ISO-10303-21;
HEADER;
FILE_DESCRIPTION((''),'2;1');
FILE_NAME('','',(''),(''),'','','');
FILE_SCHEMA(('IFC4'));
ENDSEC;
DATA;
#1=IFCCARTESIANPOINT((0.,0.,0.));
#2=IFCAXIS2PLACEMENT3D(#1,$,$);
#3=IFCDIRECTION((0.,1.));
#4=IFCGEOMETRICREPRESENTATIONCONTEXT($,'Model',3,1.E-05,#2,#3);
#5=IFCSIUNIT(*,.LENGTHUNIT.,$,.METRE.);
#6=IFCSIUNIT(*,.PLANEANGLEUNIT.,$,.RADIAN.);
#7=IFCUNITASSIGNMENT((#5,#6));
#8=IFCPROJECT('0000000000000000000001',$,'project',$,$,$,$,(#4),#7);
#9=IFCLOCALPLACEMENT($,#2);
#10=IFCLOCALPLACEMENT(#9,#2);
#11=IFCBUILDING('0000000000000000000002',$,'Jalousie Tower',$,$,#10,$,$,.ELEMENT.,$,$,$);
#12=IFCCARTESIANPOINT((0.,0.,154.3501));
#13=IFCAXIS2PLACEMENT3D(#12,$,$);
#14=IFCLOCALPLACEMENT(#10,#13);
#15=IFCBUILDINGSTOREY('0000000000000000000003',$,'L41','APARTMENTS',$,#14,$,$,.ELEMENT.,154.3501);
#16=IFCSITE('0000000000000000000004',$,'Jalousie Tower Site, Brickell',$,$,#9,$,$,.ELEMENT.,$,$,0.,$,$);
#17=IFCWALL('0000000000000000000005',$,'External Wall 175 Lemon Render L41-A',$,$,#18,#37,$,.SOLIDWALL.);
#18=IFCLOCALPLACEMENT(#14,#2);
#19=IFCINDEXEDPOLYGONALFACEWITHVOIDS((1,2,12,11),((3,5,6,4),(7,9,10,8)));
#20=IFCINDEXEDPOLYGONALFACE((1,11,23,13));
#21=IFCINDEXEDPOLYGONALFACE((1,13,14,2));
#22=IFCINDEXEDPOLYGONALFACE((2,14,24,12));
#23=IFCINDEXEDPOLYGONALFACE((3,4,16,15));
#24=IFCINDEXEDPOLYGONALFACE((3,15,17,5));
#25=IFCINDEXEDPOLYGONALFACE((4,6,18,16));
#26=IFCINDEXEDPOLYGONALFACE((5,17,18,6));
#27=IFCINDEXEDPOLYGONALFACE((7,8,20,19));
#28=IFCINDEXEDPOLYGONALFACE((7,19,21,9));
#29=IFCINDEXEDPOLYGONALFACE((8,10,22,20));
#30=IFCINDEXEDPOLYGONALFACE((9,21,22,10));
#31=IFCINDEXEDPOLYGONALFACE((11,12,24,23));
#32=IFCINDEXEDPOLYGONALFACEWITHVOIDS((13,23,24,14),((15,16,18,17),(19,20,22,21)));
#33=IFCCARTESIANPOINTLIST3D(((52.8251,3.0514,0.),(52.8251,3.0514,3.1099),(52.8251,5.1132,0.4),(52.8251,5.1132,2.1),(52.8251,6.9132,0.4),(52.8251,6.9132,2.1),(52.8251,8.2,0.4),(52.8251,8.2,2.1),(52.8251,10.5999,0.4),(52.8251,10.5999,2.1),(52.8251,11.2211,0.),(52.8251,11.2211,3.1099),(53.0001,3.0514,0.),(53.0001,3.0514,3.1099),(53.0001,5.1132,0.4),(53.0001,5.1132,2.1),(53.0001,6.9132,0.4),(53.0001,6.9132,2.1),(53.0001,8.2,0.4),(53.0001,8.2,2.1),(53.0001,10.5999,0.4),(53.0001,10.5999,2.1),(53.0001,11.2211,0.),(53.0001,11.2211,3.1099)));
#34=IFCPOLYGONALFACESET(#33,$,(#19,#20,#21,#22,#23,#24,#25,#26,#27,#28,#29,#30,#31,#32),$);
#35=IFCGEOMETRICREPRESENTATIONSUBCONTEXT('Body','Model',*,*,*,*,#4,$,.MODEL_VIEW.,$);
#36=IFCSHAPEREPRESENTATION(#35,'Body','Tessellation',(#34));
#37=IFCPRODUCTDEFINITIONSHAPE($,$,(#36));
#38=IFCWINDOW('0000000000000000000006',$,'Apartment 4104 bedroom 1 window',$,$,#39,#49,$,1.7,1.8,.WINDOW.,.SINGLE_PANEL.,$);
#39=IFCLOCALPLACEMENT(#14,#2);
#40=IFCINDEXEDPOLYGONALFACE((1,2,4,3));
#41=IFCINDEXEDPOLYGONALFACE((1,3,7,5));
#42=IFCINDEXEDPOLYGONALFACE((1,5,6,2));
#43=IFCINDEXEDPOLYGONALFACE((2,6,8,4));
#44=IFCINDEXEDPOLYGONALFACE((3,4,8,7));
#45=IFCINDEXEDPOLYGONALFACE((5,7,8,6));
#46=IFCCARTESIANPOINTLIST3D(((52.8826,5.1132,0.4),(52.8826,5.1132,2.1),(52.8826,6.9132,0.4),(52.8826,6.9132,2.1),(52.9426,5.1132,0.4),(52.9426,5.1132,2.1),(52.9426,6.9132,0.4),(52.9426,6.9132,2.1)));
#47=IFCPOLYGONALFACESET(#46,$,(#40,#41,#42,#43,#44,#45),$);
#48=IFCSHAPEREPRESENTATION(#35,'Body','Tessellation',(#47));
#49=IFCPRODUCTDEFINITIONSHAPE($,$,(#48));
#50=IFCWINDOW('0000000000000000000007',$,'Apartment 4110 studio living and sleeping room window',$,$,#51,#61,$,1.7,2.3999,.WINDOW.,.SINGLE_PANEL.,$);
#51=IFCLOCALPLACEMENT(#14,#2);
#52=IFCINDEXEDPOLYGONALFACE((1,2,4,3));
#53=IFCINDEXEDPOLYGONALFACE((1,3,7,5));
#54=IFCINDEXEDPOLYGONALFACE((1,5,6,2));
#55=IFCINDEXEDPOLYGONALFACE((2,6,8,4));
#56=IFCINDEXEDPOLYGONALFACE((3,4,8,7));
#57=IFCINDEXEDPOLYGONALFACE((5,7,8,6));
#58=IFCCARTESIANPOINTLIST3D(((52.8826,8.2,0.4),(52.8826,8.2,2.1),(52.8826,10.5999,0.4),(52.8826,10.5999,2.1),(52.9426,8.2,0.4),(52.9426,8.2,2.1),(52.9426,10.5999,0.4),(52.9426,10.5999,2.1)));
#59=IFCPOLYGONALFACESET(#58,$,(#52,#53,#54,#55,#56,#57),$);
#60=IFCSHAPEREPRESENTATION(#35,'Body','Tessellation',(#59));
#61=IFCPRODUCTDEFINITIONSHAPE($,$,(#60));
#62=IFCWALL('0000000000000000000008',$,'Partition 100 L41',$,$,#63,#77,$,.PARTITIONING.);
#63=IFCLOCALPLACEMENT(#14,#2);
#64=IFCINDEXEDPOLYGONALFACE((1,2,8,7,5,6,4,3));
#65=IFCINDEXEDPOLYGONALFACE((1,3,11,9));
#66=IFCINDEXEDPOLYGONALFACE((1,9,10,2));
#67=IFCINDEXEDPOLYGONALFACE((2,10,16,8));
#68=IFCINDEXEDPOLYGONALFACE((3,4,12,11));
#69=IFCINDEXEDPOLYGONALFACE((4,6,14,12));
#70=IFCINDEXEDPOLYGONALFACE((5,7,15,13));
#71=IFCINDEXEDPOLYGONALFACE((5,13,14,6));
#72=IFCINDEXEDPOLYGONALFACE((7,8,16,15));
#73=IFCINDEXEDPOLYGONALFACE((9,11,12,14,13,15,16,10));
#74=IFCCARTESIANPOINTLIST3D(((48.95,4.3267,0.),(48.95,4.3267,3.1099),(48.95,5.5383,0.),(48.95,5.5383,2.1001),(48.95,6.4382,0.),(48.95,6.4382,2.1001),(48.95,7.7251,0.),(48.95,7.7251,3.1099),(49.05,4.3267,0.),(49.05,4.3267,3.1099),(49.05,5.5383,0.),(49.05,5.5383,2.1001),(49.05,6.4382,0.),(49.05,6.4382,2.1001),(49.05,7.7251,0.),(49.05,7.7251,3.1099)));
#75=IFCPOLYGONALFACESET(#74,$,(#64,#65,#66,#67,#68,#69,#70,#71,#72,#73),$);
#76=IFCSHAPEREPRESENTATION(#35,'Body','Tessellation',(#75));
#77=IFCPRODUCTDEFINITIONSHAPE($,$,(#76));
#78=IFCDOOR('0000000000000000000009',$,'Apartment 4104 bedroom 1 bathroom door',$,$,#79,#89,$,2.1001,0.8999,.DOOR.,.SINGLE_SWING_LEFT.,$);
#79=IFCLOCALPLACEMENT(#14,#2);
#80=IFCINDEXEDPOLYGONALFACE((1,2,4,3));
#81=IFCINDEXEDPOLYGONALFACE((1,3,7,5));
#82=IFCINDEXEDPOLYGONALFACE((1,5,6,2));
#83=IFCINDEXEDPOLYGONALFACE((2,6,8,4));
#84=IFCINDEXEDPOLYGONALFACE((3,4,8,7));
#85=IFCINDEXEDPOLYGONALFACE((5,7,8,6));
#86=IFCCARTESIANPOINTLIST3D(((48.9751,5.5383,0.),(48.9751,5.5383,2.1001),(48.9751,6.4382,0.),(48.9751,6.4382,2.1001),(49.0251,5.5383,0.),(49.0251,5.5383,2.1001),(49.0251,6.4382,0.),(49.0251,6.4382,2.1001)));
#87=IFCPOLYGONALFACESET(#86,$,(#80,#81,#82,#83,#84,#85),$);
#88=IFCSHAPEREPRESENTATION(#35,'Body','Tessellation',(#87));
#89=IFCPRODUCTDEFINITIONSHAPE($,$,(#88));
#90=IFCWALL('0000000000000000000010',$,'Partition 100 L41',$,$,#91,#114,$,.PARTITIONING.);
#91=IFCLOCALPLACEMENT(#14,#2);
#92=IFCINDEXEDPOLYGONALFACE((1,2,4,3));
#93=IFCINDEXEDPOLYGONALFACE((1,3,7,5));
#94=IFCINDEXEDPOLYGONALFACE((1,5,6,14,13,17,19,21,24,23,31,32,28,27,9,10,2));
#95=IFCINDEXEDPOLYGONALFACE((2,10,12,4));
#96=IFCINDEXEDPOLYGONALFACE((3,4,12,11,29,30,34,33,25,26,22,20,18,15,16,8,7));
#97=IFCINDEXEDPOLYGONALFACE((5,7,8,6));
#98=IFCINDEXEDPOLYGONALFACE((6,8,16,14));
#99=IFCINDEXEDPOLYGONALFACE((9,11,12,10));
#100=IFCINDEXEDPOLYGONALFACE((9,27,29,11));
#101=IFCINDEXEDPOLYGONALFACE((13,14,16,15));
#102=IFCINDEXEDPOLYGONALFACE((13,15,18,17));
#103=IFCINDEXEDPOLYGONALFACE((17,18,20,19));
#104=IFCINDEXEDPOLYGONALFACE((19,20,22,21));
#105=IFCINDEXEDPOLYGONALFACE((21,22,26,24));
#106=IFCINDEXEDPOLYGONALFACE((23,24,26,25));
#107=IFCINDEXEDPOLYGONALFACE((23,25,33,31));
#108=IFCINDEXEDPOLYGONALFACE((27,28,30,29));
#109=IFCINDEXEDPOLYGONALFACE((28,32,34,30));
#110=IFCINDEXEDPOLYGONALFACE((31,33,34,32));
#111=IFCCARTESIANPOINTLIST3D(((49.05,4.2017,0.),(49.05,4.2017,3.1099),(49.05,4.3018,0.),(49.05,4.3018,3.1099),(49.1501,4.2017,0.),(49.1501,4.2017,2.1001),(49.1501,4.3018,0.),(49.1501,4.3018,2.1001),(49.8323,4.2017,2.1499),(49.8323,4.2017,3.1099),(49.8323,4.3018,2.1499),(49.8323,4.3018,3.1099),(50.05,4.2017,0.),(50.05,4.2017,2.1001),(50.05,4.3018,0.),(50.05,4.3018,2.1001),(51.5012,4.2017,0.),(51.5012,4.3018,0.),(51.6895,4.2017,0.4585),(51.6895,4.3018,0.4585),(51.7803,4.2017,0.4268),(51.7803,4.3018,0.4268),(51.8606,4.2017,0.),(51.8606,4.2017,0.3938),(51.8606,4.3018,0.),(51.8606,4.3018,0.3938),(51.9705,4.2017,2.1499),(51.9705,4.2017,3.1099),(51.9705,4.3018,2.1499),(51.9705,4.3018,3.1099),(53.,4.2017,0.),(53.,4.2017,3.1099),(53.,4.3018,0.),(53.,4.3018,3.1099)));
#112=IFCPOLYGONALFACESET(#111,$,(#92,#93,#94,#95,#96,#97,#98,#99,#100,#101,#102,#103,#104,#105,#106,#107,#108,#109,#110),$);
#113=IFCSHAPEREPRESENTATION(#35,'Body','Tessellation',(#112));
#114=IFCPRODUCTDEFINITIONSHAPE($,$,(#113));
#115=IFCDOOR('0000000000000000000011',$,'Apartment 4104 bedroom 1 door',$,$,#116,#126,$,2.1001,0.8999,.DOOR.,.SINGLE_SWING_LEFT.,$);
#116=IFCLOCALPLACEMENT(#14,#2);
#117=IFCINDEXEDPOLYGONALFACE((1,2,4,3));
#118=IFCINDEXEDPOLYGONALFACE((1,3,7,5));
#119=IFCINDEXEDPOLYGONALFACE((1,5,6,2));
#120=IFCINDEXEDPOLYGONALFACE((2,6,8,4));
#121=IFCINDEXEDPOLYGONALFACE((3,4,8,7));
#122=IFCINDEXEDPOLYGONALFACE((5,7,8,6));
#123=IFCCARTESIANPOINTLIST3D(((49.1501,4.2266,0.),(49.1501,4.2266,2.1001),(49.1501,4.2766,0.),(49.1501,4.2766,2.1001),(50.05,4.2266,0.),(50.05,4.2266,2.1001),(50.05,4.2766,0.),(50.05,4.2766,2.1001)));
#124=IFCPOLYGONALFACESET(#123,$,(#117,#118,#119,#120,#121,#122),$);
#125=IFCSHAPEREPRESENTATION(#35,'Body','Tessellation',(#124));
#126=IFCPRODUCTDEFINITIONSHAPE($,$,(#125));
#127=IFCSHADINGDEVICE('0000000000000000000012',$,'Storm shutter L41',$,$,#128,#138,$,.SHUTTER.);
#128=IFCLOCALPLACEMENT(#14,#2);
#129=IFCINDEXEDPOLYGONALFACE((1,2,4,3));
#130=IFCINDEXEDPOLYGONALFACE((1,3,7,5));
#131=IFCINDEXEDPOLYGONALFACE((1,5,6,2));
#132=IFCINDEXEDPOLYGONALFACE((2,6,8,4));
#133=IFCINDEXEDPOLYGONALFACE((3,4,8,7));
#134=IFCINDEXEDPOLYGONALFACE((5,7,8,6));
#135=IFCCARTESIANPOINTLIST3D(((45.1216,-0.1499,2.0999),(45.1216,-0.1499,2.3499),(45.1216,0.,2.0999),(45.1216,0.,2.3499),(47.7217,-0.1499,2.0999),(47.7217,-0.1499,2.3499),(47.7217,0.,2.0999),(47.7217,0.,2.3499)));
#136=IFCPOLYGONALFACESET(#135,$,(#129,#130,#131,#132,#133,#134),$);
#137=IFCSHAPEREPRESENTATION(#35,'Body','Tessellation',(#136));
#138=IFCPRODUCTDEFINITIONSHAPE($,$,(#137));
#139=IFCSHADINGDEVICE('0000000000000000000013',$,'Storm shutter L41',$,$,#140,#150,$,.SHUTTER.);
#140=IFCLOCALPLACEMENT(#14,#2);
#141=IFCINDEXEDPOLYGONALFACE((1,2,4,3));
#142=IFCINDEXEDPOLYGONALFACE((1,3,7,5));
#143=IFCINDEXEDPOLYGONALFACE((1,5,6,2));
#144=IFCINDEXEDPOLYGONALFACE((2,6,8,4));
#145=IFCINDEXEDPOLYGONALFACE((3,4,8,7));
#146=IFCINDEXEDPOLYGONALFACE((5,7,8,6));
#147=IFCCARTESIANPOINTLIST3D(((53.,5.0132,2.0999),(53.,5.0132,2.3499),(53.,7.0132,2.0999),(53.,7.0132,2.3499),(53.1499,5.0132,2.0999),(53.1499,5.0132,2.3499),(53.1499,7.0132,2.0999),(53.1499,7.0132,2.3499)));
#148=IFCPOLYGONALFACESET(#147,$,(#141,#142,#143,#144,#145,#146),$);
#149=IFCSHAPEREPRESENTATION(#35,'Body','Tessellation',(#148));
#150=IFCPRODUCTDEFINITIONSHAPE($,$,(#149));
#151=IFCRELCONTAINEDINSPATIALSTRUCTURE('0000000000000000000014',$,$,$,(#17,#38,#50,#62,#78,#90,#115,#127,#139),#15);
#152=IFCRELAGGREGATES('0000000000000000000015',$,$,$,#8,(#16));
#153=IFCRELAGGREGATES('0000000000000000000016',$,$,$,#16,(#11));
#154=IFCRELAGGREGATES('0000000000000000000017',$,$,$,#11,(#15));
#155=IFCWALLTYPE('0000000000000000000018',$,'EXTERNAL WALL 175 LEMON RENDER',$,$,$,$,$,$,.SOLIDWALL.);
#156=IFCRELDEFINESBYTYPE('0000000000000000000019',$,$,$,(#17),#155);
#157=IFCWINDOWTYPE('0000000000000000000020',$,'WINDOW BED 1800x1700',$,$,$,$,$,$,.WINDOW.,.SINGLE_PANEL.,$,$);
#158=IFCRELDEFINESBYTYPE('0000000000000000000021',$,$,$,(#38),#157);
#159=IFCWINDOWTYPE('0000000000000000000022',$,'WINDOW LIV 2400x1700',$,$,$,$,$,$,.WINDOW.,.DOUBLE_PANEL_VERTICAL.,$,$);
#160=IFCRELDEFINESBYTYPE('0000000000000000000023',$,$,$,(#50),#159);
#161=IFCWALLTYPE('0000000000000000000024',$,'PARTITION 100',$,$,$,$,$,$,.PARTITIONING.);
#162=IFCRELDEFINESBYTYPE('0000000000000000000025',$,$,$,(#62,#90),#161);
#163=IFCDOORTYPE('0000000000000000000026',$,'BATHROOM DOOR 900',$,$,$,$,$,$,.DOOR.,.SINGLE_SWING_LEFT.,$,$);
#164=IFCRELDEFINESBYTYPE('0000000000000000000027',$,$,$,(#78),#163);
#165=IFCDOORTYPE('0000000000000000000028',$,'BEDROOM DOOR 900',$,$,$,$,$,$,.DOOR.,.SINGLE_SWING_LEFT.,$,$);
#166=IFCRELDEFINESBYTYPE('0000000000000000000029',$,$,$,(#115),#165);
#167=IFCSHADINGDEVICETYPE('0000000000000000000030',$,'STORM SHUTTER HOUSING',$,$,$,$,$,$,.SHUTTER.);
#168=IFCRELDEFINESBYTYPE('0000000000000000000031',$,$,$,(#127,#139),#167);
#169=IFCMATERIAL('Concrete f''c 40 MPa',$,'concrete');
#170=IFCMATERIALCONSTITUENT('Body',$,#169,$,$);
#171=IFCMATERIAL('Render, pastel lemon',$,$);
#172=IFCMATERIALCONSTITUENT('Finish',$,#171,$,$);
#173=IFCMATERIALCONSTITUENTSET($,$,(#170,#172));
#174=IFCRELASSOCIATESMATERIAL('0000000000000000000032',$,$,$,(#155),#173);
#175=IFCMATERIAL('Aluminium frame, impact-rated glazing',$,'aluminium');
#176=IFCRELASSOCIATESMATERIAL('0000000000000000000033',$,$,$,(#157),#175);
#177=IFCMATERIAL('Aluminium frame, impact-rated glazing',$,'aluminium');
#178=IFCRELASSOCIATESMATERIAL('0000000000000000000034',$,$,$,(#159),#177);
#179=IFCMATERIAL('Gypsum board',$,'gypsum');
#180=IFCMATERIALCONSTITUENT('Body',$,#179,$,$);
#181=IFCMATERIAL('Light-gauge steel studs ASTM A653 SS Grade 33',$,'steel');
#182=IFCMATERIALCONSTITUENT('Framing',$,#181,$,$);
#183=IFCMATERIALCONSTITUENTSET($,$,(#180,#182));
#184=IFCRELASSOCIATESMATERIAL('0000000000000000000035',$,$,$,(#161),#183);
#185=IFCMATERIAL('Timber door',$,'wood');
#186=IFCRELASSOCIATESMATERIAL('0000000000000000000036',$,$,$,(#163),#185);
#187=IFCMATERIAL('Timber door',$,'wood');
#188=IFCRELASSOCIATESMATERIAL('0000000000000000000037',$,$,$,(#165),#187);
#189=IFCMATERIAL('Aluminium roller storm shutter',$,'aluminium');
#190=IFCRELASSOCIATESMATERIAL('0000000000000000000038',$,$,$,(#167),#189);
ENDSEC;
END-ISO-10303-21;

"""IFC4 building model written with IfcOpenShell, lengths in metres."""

from ifc_helpers import new_model, si_unit, direction, frame, frame_2d, origin, origin_2d, place, context, subcontext, project, spatial, polyline, rectangle, outline, extrude, material, constituent, constituent_set, type_object, element, fill, save


model = new_model("IFC4")

# Units and contexts
model_context = context("Model", 3, precision=1e-05, world=origin(), true_north=direction((0.0, 1.0)))
body_context = subcontext(model_context, "Body", "Model", "MODEL_VIEW")
ifc_project = project(units=[si_unit("LENGTHUNIT", "METRE"), si_unit("PLANEANGLEUNIT", "RADIAN")], contexts=[model_context])

# Site, building, storey
site_placement = place(None, origin())
site = spatial("IfcSite", under=ifc_project, at=site_placement, Name="Jalousie Tower Site, Brickell", CompositionType="ELEMENT", RefElevation=0.0)
building_placement = place(site_placement, origin())
building = spatial("IfcBuilding", under=site, at=building_placement, Name="Jalousie Tower", CompositionType="ELEMENT")
storey_placement = place(building_placement, frame((0.0, 0.0, 154.3501)))
storey = spatial("IfcBuildingStorey", under=building, at=storey_placement, Name="L41", Description="APARTMENTS", CompositionType="ELEMENT", Elevation=154.3501)

# Wall, openings, windows
ifc_material_1 = material(Name="Concrete f'c 40 MPa", Category="concrete")
ifc_constituent_1 = constituent(ifc_material_1, Name="Body")
ifc_material_2 = material(Name="Render, pastel lemon")
ifc_constituent_2 = constituent(ifc_material_2, Name="Finish")
ifc_constituent_set_1 = constituent_set(constituents=[ifc_constituent_1, ifc_constituent_2])
wall_type_1 = type_object("IfcWallType", Name="EXTERNAL WALL 175 LEMON RENDER", PredefinedType="SOLIDWALL", material=ifc_constituent_set_1)
wall_1_placement = place(storey_placement, frame((52.9126, 3.0513, 0.0), z_axis=(0.0, 0.0, 1.0), x_axis=(0.0, 1.0, 0.0)))
wall_1 = element("IfcWall", 1, at=wall_1_placement, inside=storey, type_object=wall_type_1, Name="External Wall 175 Lemon Render L41-A", PredefinedType="SOLIDWALL", context=body_context, shape_type="SweptSolid", body=[
    extrude(rectangle(XDim=8.1697, YDim=0.175, at=frame_2d((4.085, 0.0))), origin(), (0.0, 0.0, 1.0), 3.1099),
])
opening_1_placement = place(wall_1_placement, frame((2.062, 0.0, 0.3999)))
opening_1 = element("IfcOpeningElement", 2, at=opening_1_placement, cuts=wall_1, PredefinedType="OPENING", context=body_context, shape_type="SweptSolid", body=[
    extrude(rectangle(XDim=1.8, YDim=1.7, at=frame_2d((0.8999, 0.8501))), frame((0.0, 0.0974, 0.0), z_axis=(0.0, -1.0, 0.0), x_axis=(1.0, 0.0, 0.0)), (0.0, 0.0, 1.0), 0.1951),
])
opening_2_placement = place(wall_1_placement, frame((5.1487, 0.0, 0.3999)))
opening_2 = element("IfcOpeningElement", 3, at=opening_2_placement, cuts=wall_1, PredefinedType="OPENING", context=body_context, shape_type="SweptSolid", body=[
    extrude(rectangle(XDim=2.3999, YDim=1.7, at=frame_2d((1.2, 0.8501))), frame((0.0, 0.0974, 0.0), z_axis=(0.0, -1.0, 0.0), x_axis=(1.0, 0.0, 0.0)), (0.0, 0.0, 1.0), 0.1951),
])
ifc_material_3 = material(Name="Aluminium frame, impact-rated glazing", Category="aluminium")
window_type_1 = type_object("IfcWindowType", Name="WINDOW BED 1800x1700", PartitioningType="SINGLE_PANEL", PredefinedType="WINDOW", material=ifc_material_3)
window_1_placement = place(opening_1_placement, origin())
window_1 = element("IfcWindow", 4, at=window_1_placement, inside=storey, type_object=window_type_1, Name="Apartment 4104 bedroom 1 window", OverallHeight=1.7, OverallWidth=1.8, PartitioningType="SINGLE_PANEL", PredefinedType="WINDOW", context=body_context, shape_type="SweptSolid", body=[
    extrude(rectangle(XDim=1.8, YDim=1.7, at=frame_2d((0.8999, 0.8501))), frame((0.0, 0.03, 0.0), z_axis=(0.0, -1.0, 0.0), x_axis=(1.0, 0.0, 0.0)), (0.0, 0.0, 1.0), 0.0601),
])
fill(opening_1, window_1)
ifc_material_4 = material(Name="Aluminium frame, impact-rated glazing", Category="aluminium")
window_type_2 = type_object("IfcWindowType", Name="WINDOW LIV 2400x1700", PartitioningType="DOUBLE_PANEL_VERTICAL", PredefinedType="WINDOW", material=ifc_material_4)
window_2_placement = place(opening_2_placement, origin())
window_2 = element("IfcWindow", 5, at=window_2_placement, inside=storey, type_object=window_type_2, Name="Apartment 4110 studio living and sleeping room window", OverallHeight=1.7, OverallWidth=2.3999, PartitioningType="SINGLE_PANEL", PredefinedType="WINDOW", context=body_context, shape_type="SweptSolid", body=[
    extrude(rectangle(XDim=2.3999, YDim=1.7, at=frame_2d((1.2, 0.8501))), frame((0.0, 0.03, 0.0), z_axis=(0.0, -1.0, 0.0), x_axis=(1.0, 0.0, 0.0)), (0.0, 0.0, 1.0), 0.0601),
])
fill(opening_2, window_2)

# Walls, openings, doors
ifc_material_5 = material(Name="Gypsum board", Category="gypsum")
ifc_constituent_3 = constituent(ifc_material_5, Name="Body")
ifc_material_6 = material(Name="Light-gauge steel studs ASTM A653 SS Grade 33", Category="steel")
ifc_constituent_4 = constituent(ifc_material_6, Name="Framing")
ifc_constituent_set_2 = constituent_set(constituents=[ifc_constituent_3, ifc_constituent_4])
wall_type_2 = type_object("IfcWallType", Name="PARTITION 100", PredefinedType="PARTITIONING", material=ifc_constituent_set_2)
wall_2_placement = place(storey_placement, frame((49.0, 4.3267, 0.0), z_axis=(0.0, 0.0, 1.0), x_axis=(0.0, 1.0, 0.0)))
wall_2 = element("IfcWall", 6, at=wall_2_placement, inside=storey, type_object=wall_type_2, Name="Partition 100 L41", PredefinedType="PARTITIONING", context=body_context, shape_type="SweptSolid", body=[
    extrude(rectangle(XDim=3.3984, YDim=0.1001, at=frame_2d((1.6992, 0.0))), origin(), (0.0, 0.0, 1.0), 3.1099),
])
opening_3_placement = place(wall_2_placement, frame((1.2117, 0.0, 0.0)))
opening_3 = element("IfcOpeningElement", 7, at=opening_3_placement, cuts=wall_2, PredefinedType="OPENING", context=body_context, shape_type="SweptSolid", body=[
    extrude(rectangle(XDim=0.8999, YDim=2.1001, at=frame_2d((0.45, 1.05))), frame((0.0, 0.0601, 0.0), z_axis=(0.0, -1.0, 0.0), x_axis=(1.0, 0.0, 0.0)), (0.0, 0.0, 1.0), 0.1201),
])
ifc_material_7 = material(Name="Timber door", Category="wood")
door_type_1 = type_object("IfcDoorType", Name="BATHROOM DOOR 900", OperationType="SINGLE_SWING_LEFT", PredefinedType="DOOR", material=ifc_material_7)
door_1_placement = place(opening_3_placement, origin())
door_1 = element("IfcDoor", 8, at=door_1_placement, inside=storey, type_object=door_type_1, Name="Apartment 4104 bedroom 1 bathroom door", OperationType="SINGLE_SWING_LEFT", OverallHeight=2.1001, OverallWidth=0.8999, PredefinedType="DOOR", context=body_context, shape_type="SweptSolid", body=[
    extrude(rectangle(XDim=0.8999, YDim=2.1001, at=frame_2d((0.45, 1.05))), frame((0.0, 0.0249, 0.0), z_axis=(0.0, -1.0, 0.0), x_axis=(1.0, 0.0, 0.0)), (0.0, 0.0, 1.0), 0.05),
])
fill(opening_3, door_1)
wall_3_placement = place(storey_placement, frame((49.05, 4.2517, 0.0), z_axis=(0.0, 0.0, 1.0), x_axis=(1.0, 0.0, 0.0)))
wall_3 = element("IfcWall", 9, at=wall_3_placement, inside=storey, type_object=wall_type_2, Name="Partition 100 L41", PredefinedType="PARTITIONING", context=body_context, shape_type="SweptSolid", body=[
    extrude(outline(polyline([(0.7822, 3.1099), (0.0, 3.1099), (0.0, 0.0), (2.4512, 0.0), (2.6394, 0.4585), (2.7302, 0.4268), (2.8105, 0.3938), (2.8105, 0.0), (3.95, 0.0), (3.95, 3.1099), (2.9204, 3.1099), (2.9204, 2.1499), (0.7822, 2.1499), (0.7822, 3.1099)])), frame((0.0, 0.05, 0.0), z_axis=(0.0, -1.0, 0.0), x_axis=(1.0, 0.0, 0.0)), (0.0, 0.0, 1.0), 0.1001),
])
opening_4_placement = place(wall_3_placement, frame((0.1001, 0.0, 0.0)))
opening_4 = element("IfcOpeningElement", 10, at=opening_4_placement, cuts=wall_3, PredefinedType="OPENING", context=body_context, shape_type="SweptSolid", body=[
    extrude(rectangle(XDim=0.8999, YDim=2.1001, at=frame_2d((0.45, 1.05))), frame((0.0, 0.0601, 0.0), z_axis=(0.0, -1.0, 0.0), x_axis=(1.0, 0.0, 0.0)), (0.0, 0.0, 1.0), 0.1201),
])
ifc_material_8 = material(Name="Timber door", Category="wood")
door_type_2 = type_object("IfcDoorType", Name="BEDROOM DOOR 900", OperationType="SINGLE_SWING_LEFT", PredefinedType="DOOR", material=ifc_material_8)
door_2_placement = place(opening_4_placement, origin())
door_2 = element("IfcDoor", 11, at=door_2_placement, inside=storey, type_object=door_type_2, Name="Apartment 4104 bedroom 1 door", OperationType="SINGLE_SWING_LEFT", OverallHeight=2.1001, OverallWidth=0.8999, PredefinedType="DOOR", context=body_context, shape_type="SweptSolid", body=[
    extrude(rectangle(XDim=0.8999, YDim=2.1001, at=frame_2d((0.45, 1.05))), frame((0.0, 0.0249, 0.0), z_axis=(0.0, -1.0, 0.0), x_axis=(1.0, 0.0, 0.0)), (0.0, 0.0, 1.0), 0.05),
])
fill(opening_4, door_2)

# Shading devices
ifc_material_9 = material(Name="Aluminium roller storm shutter", Category="aluminium")
shading_device_type = type_object("IfcShadingDeviceType", Name="STORM SHUTTER HOUSING", PredefinedType="SHUTTER", material=ifc_material_9)
shading_device_1_placement = place(storey_placement, frame((46.4216, -0.075, 2.0999), z_axis=(0.0, 0.0, 1.0), x_axis=(1.0, 0.0, 0.0)))
element("IfcShadingDevice", 12, at=shading_device_1_placement, inside=storey, type_object=shading_device_type, Name="Storm shutter L41", PredefinedType="SHUTTER", context=body_context, shape_type="SweptSolid", body=[
    extrude(rectangle(XDim=2.6001, YDim=0.1499, at=origin_2d()), origin(), (0.0, 0.0, 1.0), 0.25),
])
shading_device_2_placement = place(storey_placement, frame((53.075, 6.0132, 2.0999), z_axis=(0.0, 0.0, 1.0), x_axis=(0.0, 1.0, 0.0)))
element("IfcShadingDevice", 13, at=shading_device_2_placement, inside=storey, type_object=shading_device_type, Name="Storm shutter L41", PredefinedType="SHUTTER", context=body_context, shape_type="SweptSolid", body=[
    extrude(rectangle(XDim=2.0, YDim=0.1499, at=origin_2d()), origin(), (0.0, 0.0, 1.0), 0.25),
])

save(model, "model.ifc")
